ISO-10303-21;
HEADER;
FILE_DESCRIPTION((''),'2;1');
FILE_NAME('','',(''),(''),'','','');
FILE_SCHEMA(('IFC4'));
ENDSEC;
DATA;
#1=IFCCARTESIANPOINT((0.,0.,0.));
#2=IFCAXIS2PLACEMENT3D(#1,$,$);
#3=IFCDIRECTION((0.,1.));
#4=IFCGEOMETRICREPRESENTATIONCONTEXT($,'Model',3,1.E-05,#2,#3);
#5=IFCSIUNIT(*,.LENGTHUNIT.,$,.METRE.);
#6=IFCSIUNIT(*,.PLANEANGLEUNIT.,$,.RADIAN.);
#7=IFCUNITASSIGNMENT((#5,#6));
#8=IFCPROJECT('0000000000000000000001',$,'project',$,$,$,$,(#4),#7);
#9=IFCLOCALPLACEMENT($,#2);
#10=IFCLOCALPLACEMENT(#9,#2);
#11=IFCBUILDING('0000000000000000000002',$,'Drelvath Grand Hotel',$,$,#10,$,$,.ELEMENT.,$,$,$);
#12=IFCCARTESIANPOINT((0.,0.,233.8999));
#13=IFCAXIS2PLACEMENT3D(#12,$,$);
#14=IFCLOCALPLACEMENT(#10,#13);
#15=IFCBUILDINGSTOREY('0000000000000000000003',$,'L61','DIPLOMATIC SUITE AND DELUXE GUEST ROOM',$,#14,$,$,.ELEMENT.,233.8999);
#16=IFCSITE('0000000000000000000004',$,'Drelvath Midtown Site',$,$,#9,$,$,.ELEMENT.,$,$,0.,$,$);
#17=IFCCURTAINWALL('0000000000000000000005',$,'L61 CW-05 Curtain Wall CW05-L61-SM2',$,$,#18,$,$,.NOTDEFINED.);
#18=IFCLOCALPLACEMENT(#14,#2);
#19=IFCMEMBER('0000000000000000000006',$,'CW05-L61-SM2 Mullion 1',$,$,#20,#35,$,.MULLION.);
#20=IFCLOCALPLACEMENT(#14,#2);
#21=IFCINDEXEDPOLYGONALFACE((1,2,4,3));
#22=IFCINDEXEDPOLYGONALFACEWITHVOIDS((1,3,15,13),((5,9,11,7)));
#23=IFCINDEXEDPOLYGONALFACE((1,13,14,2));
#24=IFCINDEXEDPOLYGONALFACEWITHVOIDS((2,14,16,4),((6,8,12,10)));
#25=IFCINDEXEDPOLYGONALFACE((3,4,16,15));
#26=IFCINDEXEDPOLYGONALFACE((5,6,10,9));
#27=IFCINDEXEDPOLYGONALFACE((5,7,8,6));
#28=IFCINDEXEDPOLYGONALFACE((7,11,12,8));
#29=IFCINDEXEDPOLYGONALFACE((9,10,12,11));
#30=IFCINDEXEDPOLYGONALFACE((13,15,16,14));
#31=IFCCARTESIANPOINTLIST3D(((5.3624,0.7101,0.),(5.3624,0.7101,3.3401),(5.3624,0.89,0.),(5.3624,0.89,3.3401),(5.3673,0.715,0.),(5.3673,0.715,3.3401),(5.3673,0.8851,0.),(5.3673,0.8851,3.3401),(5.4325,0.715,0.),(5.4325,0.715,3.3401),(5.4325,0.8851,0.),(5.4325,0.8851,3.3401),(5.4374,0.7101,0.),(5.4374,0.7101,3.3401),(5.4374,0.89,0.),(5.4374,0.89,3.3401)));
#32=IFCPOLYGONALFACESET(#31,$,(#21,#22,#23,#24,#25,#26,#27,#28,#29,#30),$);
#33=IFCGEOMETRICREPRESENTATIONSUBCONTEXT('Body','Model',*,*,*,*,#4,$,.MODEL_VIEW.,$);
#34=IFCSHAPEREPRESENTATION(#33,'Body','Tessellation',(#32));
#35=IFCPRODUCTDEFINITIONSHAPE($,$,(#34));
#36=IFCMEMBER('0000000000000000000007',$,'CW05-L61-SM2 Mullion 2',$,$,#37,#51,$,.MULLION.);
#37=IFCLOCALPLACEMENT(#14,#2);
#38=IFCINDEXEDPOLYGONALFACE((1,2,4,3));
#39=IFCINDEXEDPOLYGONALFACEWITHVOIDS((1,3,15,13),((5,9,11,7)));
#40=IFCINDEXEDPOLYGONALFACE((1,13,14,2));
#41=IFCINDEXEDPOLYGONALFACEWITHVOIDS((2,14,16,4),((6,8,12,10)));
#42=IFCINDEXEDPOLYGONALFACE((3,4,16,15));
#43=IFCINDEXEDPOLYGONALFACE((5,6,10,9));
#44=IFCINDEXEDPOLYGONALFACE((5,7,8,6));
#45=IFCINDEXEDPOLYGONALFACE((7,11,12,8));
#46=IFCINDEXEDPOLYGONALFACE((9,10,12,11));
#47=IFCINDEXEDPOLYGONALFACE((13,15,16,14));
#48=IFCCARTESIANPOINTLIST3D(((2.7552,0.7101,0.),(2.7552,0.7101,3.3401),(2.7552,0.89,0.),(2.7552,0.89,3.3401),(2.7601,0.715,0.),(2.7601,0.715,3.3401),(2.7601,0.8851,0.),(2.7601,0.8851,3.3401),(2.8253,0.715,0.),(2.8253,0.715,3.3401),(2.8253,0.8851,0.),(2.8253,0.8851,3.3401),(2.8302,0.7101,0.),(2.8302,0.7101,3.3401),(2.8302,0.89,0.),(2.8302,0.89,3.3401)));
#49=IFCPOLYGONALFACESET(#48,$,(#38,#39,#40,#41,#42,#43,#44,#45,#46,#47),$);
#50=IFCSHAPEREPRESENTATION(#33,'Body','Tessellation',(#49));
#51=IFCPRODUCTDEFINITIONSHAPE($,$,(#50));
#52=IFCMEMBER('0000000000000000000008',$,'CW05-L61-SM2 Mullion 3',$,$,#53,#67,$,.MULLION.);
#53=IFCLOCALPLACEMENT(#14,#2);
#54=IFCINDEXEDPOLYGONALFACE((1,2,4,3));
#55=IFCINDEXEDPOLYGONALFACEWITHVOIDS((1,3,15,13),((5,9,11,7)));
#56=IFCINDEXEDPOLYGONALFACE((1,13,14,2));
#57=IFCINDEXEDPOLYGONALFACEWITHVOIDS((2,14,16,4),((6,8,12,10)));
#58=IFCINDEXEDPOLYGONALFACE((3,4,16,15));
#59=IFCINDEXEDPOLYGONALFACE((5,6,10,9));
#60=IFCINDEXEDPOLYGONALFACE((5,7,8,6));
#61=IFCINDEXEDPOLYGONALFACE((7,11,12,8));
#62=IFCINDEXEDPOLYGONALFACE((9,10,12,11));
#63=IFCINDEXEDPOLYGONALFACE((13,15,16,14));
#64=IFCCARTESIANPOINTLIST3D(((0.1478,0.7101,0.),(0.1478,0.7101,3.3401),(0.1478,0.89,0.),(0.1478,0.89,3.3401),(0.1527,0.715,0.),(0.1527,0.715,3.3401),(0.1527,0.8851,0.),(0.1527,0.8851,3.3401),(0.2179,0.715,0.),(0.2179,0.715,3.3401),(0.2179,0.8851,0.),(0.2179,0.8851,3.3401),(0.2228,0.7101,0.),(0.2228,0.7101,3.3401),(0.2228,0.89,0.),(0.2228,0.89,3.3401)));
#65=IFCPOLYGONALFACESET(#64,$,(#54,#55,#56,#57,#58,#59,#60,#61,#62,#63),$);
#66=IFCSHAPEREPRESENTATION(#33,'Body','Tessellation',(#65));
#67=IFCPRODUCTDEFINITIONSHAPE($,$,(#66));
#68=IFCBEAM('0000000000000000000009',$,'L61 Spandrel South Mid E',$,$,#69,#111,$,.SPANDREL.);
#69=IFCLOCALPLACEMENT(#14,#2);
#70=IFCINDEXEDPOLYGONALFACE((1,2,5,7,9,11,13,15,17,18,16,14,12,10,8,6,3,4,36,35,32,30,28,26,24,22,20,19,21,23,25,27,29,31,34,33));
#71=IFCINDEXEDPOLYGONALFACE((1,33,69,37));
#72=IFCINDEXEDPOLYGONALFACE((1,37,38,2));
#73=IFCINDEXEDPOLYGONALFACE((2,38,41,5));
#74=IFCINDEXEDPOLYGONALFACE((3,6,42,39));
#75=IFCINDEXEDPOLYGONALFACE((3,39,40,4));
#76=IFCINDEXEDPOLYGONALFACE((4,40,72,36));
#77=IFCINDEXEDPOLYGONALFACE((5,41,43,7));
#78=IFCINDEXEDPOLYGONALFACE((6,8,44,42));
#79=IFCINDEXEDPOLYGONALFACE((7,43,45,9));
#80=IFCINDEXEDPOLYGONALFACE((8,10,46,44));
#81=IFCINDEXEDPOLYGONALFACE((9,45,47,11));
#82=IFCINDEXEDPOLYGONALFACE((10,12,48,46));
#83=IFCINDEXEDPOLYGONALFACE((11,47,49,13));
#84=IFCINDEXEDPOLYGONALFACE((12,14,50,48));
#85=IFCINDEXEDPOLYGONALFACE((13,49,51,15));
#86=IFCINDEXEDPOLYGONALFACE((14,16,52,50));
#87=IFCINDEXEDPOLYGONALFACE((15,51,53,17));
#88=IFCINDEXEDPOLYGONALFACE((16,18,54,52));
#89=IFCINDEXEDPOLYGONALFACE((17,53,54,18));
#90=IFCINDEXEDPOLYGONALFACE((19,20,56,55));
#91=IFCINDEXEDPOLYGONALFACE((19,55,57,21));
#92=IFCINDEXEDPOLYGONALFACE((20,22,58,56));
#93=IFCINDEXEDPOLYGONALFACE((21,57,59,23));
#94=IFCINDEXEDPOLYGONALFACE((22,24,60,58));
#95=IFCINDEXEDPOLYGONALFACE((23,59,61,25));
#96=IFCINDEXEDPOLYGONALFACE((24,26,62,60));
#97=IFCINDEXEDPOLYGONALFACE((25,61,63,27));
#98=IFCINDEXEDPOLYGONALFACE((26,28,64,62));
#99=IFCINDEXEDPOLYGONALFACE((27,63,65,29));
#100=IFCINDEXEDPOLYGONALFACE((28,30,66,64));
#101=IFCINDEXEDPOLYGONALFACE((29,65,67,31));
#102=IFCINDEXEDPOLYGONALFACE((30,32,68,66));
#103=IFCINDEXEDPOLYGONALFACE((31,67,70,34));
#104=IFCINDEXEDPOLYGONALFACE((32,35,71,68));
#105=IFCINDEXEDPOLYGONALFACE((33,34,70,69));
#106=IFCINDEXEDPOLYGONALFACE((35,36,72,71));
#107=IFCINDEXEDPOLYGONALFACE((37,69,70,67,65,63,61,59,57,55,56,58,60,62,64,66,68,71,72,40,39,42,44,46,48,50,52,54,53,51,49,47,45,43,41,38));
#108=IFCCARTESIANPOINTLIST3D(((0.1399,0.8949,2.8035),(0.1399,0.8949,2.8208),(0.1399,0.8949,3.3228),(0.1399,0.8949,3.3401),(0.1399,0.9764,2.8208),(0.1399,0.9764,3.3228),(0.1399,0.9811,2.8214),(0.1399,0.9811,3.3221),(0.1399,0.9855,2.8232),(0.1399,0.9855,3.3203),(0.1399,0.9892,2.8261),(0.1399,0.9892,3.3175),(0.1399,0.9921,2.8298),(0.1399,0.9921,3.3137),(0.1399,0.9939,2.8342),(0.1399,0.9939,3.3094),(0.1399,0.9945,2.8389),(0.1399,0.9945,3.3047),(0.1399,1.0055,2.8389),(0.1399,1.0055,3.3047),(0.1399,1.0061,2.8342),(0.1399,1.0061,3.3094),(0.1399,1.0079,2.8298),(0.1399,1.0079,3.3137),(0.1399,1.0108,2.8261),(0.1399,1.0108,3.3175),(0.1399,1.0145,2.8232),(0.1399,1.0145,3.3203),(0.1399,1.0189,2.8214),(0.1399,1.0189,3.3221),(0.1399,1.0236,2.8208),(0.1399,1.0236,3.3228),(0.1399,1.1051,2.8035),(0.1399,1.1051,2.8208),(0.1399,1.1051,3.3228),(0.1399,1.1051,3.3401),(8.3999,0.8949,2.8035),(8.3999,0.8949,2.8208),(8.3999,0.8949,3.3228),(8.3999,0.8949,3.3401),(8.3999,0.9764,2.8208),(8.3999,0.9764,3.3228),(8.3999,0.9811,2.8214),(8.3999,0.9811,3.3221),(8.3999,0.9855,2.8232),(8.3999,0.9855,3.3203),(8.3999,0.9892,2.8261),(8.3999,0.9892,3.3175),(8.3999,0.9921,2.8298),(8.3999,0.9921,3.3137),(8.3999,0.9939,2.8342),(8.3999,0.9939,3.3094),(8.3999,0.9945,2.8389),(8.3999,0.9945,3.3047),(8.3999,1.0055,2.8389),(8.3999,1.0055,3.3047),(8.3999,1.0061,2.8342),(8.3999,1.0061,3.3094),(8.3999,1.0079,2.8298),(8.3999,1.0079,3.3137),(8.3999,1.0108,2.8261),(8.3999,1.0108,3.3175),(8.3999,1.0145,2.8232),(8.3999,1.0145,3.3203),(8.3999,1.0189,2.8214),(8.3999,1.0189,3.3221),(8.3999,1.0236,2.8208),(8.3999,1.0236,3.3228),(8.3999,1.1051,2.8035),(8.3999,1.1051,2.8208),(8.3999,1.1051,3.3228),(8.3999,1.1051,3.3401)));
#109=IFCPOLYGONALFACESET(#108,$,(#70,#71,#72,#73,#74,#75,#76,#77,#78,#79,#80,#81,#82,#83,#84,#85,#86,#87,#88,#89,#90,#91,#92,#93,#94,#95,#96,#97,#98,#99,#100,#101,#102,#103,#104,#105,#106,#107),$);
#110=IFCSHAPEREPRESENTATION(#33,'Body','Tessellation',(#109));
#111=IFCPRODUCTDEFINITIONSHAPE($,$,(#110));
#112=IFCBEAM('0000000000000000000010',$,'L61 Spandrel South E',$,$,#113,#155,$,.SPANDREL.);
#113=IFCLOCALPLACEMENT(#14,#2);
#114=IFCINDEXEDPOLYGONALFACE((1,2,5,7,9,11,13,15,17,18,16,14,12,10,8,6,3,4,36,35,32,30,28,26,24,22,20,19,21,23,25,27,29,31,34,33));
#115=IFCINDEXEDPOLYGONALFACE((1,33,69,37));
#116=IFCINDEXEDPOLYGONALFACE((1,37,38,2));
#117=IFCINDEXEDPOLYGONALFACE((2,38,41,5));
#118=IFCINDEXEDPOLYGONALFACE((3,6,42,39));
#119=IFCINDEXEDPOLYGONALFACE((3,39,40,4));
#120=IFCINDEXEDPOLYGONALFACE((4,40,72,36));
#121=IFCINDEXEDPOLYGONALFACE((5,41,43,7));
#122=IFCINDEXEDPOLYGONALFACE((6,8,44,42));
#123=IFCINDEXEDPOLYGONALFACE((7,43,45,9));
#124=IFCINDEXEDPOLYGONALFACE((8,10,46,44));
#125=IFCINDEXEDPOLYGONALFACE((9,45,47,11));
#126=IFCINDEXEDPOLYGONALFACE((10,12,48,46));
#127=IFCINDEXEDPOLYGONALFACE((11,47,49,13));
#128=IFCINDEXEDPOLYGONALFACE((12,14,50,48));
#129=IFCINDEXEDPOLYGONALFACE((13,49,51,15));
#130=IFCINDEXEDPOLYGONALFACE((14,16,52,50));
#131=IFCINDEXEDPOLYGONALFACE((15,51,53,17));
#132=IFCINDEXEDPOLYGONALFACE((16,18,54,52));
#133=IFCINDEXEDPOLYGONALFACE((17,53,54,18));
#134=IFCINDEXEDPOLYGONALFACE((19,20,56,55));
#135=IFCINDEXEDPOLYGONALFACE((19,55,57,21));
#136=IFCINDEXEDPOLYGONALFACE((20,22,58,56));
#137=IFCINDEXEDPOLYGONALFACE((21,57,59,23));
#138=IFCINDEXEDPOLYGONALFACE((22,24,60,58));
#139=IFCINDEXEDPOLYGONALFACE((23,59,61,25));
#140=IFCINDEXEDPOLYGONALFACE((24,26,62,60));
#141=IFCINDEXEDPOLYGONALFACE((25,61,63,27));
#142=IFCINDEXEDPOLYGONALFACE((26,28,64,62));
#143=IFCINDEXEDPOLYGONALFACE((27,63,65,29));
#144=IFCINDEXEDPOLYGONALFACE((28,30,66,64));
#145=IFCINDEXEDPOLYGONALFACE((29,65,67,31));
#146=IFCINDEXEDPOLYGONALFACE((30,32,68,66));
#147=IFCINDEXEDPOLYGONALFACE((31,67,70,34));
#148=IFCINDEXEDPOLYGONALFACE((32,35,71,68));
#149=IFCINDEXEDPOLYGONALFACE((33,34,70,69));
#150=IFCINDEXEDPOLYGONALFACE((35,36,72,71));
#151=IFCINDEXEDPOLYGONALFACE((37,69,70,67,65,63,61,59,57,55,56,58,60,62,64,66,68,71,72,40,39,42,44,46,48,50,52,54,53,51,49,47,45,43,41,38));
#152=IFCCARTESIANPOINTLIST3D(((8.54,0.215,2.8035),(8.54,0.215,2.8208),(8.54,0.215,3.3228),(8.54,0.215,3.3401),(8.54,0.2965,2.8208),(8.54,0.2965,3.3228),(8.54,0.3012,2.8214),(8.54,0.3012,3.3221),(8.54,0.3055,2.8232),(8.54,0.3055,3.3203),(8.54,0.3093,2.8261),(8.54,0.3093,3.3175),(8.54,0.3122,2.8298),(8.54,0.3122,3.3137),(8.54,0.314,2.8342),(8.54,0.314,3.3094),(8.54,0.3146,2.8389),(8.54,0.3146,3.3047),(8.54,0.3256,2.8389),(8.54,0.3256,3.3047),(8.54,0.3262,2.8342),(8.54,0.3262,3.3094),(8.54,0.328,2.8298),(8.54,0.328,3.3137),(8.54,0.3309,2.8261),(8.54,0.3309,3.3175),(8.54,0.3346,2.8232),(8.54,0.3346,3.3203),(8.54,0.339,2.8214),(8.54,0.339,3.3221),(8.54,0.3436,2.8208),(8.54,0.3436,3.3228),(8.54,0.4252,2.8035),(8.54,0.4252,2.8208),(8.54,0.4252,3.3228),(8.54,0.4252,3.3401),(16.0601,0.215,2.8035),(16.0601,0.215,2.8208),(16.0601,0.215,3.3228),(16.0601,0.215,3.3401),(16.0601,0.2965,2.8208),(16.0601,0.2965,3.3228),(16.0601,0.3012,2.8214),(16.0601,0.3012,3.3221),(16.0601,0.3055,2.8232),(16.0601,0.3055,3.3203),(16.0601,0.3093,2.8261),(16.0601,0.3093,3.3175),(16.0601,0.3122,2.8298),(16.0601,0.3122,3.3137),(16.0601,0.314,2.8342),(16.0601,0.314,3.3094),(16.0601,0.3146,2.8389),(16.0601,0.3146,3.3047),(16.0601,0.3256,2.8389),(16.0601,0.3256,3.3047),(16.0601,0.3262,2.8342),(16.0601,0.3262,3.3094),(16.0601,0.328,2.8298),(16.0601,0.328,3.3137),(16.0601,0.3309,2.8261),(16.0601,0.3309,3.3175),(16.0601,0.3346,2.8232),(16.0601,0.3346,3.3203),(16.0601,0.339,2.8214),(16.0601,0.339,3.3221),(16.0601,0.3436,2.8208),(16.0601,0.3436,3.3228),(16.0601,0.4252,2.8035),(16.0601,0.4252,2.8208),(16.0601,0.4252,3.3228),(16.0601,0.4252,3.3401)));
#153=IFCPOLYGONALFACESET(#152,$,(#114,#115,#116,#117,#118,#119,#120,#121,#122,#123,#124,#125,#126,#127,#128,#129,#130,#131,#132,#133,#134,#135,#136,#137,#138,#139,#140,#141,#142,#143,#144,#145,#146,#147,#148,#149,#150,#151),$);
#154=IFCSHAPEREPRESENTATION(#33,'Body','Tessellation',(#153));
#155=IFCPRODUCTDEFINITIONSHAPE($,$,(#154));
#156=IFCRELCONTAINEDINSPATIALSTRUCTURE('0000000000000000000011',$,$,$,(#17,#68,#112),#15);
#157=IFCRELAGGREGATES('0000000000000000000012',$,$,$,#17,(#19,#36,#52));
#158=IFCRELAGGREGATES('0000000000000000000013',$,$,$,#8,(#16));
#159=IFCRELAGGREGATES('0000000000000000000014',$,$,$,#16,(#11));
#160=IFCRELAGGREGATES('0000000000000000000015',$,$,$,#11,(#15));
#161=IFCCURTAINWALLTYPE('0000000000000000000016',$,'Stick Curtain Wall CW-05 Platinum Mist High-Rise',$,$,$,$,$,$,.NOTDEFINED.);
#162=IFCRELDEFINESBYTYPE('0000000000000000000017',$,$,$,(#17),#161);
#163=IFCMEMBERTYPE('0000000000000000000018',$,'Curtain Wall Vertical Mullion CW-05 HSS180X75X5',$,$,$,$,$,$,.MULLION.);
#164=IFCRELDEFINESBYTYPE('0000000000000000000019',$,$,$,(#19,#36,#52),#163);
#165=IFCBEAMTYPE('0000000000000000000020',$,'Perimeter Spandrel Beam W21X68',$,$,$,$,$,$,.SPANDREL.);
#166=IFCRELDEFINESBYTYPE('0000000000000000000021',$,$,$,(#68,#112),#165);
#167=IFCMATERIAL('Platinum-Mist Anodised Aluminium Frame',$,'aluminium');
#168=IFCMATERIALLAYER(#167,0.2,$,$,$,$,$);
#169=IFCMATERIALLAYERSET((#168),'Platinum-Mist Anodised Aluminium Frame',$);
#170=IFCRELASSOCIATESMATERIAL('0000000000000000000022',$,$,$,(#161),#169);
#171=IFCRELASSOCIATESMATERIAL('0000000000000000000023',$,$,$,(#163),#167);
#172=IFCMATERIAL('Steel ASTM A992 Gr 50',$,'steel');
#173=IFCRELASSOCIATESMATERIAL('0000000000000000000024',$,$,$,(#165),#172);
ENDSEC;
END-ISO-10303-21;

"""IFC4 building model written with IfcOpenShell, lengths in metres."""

from ifc_helpers import new_model, si_unit, direction, frame, origin, origin_2d, place, context, subcontext, project, spatial, hollow_rectangle, i_section, extrude, material, layer, layer_set, material_profile, profile_set, type_object, element, aggregate, save


model = new_model("IFC4")

# Units and contexts
model_context = context("Model", 3, precision=1e-05, world=origin(), true_north=direction((0.0, 1.0)))
body_context = subcontext(model_context, "Body", "Model", "MODEL_VIEW")
ifc_project = project(units=[si_unit("LENGTHUNIT", "METRE"), si_unit("PLANEANGLEUNIT", "RADIAN")], contexts=[model_context])

# Site, building, storey
site_placement = place(None, origin())
site = spatial("IfcSite", under=ifc_project, at=site_placement, Name="Drelvath Midtown Site", CompositionType="ELEMENT", RefElevation=0.0)
building_placement = place(site_placement, origin())
building = spatial("IfcBuilding", under=site, at=building_placement, Name="Drelvath Grand Hotel", CompositionType="ELEMENT")
storey_placement = place(building_placement, frame((0.0, 0.0, 233.8999)))
storey = spatial("IfcBuildingStorey", under=building, at=storey_placement, Name="L61", Description="DIPLOMATIC SUITE AND DELUXE GUEST ROOM", CompositionType="ELEMENT", Elevation=233.8999)

# Curtain wall
ifc_material_1 = material(Name="Platinum-Mist Anodised Aluminium Frame", Category="aluminium")
ifc_layer_1 = layer(ifc_material_1, 0.2)
ifc_layer_set_1 = layer_set([ifc_layer_1], Name="Platinum-Mist Anodised Aluminium Frame")
curtain_wall_type = type_object("IfcCurtainWallType", Name="Stick Curtain Wall CW-05 Platinum Mist High-Rise", PredefinedType="NOTDEFINED", material=ifc_layer_set_1)
curtain_wall_1_placement = place(storey_placement, origin())
curtain_wall_1 = element("IfcCurtainWall", 1, at=curtain_wall_1_placement, inside=storey, type_object=curtain_wall_type, Name="L61 CW-05 Curtain Wall CW05-L61-SM2", PredefinedType="NOTDEFINED")

# Shared definitions
ifc_material_profile_1 = material_profile(ifc_material_1, hollow_rectangle(XDim=0.075, YDim=0.1799, WallThickness=0.0049, at=origin_2d()), Name="HSS180X75X5")
ifc_profile_set_1 = profile_set([ifc_material_profile_1], Name="Platinum-Mist Anodised Aluminium Frame")
member_type_1 = type_object("IfcMemberType", Name="Curtain Wall Vertical Mullion CW-05 HSS180X75X5", PredefinedType="MULLION", material=ifc_profile_set_1)

# Members
member_1_placement = place(storey_placement, frame((5.3999, 0.8, 0.0), z_axis=(0.0, 0.0, 1.0), x_axis=(1.0, 0.0, 0.0)))
member_1 = element("IfcMember", 2, at=member_1_placement, type_object=member_type_1, Name="CW05-L61-SM2 Mullion 1", PredefinedType="MULLION", context=body_context, shape_type="SweptSolid", body=[
    extrude(hollow_rectangle(XDim=0.075, YDim=0.1799, WallThickness=0.0049, at=origin_2d()), origin(), (0.0, 0.0, 1.0), 3.3401),
])
member_2_placement = place(storey_placement, frame((2.7927, 0.8, 0.0), z_axis=(0.0, 0.0, 1.0), x_axis=(1.0, 0.0, 0.0)))
member_2 = element("IfcMember", 3, at=member_2_placement, type_object=member_type_1, Name="CW05-L61-SM2 Mullion 2", PredefinedType="MULLION", context=body_context, shape_type="SweptSolid", body=[
    extrude(hollow_rectangle(XDim=0.075, YDim=0.1799, WallThickness=0.0049, at=origin_2d()), origin(), (0.0, 0.0, 1.0), 3.3401),
])
member_3_placement = place(storey_placement, frame((0.1853, 0.8, 0.0), z_axis=(0.0, 0.0, 1.0), x_axis=(1.0, 0.0, 0.0)))
member_3 = element("IfcMember", 4, at=member_3_placement, type_object=member_type_1, Name="CW05-L61-SM2 Mullion 3", PredefinedType="MULLION", context=body_context, shape_type="SweptSolid", body=[
    extrude(hollow_rectangle(XDim=0.075, YDim=0.1799, WallThickness=0.0049, at=origin_2d()), origin(), (0.0, 0.0, 1.0), 3.3401),
])

# Beams
ifc_material_2 = material(Name="Steel ASTM A992 Gr 50", Category="steel")
ifc_material_profile_2 = material_profile(ifc_material_2, i_section(OverallWidth=0.2102, OverallDepth=0.5366, WebThickness=0.011, FlangeThickness=0.0173, FilletRadius=0.0181, at=origin_2d()), Name="W21X68")
ifc_profile_set_2 = profile_set([ifc_material_profile_2], Name="Steel ASTM A992 Gr 50")
beam_type_1 = type_object("IfcBeamType", Name="Perimeter Spandrel Beam W21X68", PredefinedType="SPANDREL", material=ifc_profile_set_2)
beam_1_placement = place(storey_placement, frame((0.1399, 1.0, 3.0718), z_axis=(1.0, 0.0, 0.0), x_axis=(0.0, 1.0, 0.0)))
element("IfcBeam", 5, at=beam_1_placement, inside=storey, type_object=beam_type_1, Name="L61 Spandrel South Mid E", PredefinedType="SPANDREL", context=body_context, shape_type="SweptSolid", body=[
    extrude(i_section(OverallWidth=0.2102, OverallDepth=0.5366, WebThickness=0.011, FlangeThickness=0.0173, FilletRadius=0.0181, at=origin_2d()), origin(), (0.0, 0.0, 1.0), 8.26),
])
beam_2_placement = place(storey_placement, frame((8.54, 0.3201, 3.0718), z_axis=(1.0, 0.0, 0.0), x_axis=(0.0, 1.0, 0.0)))
element("IfcBeam", 6, at=beam_2_placement, inside=storey, type_object=beam_type_1, Name="L61 Spandrel South E", PredefinedType="SPANDREL", context=body_context, shape_type="SweptSolid", body=[
    extrude(i_section(OverallWidth=0.2102, OverallDepth=0.5366, WebThickness=0.011, FlangeThickness=0.0173, FilletRadius=0.0181, at=origin_2d()), origin(), (0.0, 0.0, 1.0), 7.52),
])

aggregate(curtain_wall_1, [member_1, member_2, member_3])

save(model, "model.ifc")
